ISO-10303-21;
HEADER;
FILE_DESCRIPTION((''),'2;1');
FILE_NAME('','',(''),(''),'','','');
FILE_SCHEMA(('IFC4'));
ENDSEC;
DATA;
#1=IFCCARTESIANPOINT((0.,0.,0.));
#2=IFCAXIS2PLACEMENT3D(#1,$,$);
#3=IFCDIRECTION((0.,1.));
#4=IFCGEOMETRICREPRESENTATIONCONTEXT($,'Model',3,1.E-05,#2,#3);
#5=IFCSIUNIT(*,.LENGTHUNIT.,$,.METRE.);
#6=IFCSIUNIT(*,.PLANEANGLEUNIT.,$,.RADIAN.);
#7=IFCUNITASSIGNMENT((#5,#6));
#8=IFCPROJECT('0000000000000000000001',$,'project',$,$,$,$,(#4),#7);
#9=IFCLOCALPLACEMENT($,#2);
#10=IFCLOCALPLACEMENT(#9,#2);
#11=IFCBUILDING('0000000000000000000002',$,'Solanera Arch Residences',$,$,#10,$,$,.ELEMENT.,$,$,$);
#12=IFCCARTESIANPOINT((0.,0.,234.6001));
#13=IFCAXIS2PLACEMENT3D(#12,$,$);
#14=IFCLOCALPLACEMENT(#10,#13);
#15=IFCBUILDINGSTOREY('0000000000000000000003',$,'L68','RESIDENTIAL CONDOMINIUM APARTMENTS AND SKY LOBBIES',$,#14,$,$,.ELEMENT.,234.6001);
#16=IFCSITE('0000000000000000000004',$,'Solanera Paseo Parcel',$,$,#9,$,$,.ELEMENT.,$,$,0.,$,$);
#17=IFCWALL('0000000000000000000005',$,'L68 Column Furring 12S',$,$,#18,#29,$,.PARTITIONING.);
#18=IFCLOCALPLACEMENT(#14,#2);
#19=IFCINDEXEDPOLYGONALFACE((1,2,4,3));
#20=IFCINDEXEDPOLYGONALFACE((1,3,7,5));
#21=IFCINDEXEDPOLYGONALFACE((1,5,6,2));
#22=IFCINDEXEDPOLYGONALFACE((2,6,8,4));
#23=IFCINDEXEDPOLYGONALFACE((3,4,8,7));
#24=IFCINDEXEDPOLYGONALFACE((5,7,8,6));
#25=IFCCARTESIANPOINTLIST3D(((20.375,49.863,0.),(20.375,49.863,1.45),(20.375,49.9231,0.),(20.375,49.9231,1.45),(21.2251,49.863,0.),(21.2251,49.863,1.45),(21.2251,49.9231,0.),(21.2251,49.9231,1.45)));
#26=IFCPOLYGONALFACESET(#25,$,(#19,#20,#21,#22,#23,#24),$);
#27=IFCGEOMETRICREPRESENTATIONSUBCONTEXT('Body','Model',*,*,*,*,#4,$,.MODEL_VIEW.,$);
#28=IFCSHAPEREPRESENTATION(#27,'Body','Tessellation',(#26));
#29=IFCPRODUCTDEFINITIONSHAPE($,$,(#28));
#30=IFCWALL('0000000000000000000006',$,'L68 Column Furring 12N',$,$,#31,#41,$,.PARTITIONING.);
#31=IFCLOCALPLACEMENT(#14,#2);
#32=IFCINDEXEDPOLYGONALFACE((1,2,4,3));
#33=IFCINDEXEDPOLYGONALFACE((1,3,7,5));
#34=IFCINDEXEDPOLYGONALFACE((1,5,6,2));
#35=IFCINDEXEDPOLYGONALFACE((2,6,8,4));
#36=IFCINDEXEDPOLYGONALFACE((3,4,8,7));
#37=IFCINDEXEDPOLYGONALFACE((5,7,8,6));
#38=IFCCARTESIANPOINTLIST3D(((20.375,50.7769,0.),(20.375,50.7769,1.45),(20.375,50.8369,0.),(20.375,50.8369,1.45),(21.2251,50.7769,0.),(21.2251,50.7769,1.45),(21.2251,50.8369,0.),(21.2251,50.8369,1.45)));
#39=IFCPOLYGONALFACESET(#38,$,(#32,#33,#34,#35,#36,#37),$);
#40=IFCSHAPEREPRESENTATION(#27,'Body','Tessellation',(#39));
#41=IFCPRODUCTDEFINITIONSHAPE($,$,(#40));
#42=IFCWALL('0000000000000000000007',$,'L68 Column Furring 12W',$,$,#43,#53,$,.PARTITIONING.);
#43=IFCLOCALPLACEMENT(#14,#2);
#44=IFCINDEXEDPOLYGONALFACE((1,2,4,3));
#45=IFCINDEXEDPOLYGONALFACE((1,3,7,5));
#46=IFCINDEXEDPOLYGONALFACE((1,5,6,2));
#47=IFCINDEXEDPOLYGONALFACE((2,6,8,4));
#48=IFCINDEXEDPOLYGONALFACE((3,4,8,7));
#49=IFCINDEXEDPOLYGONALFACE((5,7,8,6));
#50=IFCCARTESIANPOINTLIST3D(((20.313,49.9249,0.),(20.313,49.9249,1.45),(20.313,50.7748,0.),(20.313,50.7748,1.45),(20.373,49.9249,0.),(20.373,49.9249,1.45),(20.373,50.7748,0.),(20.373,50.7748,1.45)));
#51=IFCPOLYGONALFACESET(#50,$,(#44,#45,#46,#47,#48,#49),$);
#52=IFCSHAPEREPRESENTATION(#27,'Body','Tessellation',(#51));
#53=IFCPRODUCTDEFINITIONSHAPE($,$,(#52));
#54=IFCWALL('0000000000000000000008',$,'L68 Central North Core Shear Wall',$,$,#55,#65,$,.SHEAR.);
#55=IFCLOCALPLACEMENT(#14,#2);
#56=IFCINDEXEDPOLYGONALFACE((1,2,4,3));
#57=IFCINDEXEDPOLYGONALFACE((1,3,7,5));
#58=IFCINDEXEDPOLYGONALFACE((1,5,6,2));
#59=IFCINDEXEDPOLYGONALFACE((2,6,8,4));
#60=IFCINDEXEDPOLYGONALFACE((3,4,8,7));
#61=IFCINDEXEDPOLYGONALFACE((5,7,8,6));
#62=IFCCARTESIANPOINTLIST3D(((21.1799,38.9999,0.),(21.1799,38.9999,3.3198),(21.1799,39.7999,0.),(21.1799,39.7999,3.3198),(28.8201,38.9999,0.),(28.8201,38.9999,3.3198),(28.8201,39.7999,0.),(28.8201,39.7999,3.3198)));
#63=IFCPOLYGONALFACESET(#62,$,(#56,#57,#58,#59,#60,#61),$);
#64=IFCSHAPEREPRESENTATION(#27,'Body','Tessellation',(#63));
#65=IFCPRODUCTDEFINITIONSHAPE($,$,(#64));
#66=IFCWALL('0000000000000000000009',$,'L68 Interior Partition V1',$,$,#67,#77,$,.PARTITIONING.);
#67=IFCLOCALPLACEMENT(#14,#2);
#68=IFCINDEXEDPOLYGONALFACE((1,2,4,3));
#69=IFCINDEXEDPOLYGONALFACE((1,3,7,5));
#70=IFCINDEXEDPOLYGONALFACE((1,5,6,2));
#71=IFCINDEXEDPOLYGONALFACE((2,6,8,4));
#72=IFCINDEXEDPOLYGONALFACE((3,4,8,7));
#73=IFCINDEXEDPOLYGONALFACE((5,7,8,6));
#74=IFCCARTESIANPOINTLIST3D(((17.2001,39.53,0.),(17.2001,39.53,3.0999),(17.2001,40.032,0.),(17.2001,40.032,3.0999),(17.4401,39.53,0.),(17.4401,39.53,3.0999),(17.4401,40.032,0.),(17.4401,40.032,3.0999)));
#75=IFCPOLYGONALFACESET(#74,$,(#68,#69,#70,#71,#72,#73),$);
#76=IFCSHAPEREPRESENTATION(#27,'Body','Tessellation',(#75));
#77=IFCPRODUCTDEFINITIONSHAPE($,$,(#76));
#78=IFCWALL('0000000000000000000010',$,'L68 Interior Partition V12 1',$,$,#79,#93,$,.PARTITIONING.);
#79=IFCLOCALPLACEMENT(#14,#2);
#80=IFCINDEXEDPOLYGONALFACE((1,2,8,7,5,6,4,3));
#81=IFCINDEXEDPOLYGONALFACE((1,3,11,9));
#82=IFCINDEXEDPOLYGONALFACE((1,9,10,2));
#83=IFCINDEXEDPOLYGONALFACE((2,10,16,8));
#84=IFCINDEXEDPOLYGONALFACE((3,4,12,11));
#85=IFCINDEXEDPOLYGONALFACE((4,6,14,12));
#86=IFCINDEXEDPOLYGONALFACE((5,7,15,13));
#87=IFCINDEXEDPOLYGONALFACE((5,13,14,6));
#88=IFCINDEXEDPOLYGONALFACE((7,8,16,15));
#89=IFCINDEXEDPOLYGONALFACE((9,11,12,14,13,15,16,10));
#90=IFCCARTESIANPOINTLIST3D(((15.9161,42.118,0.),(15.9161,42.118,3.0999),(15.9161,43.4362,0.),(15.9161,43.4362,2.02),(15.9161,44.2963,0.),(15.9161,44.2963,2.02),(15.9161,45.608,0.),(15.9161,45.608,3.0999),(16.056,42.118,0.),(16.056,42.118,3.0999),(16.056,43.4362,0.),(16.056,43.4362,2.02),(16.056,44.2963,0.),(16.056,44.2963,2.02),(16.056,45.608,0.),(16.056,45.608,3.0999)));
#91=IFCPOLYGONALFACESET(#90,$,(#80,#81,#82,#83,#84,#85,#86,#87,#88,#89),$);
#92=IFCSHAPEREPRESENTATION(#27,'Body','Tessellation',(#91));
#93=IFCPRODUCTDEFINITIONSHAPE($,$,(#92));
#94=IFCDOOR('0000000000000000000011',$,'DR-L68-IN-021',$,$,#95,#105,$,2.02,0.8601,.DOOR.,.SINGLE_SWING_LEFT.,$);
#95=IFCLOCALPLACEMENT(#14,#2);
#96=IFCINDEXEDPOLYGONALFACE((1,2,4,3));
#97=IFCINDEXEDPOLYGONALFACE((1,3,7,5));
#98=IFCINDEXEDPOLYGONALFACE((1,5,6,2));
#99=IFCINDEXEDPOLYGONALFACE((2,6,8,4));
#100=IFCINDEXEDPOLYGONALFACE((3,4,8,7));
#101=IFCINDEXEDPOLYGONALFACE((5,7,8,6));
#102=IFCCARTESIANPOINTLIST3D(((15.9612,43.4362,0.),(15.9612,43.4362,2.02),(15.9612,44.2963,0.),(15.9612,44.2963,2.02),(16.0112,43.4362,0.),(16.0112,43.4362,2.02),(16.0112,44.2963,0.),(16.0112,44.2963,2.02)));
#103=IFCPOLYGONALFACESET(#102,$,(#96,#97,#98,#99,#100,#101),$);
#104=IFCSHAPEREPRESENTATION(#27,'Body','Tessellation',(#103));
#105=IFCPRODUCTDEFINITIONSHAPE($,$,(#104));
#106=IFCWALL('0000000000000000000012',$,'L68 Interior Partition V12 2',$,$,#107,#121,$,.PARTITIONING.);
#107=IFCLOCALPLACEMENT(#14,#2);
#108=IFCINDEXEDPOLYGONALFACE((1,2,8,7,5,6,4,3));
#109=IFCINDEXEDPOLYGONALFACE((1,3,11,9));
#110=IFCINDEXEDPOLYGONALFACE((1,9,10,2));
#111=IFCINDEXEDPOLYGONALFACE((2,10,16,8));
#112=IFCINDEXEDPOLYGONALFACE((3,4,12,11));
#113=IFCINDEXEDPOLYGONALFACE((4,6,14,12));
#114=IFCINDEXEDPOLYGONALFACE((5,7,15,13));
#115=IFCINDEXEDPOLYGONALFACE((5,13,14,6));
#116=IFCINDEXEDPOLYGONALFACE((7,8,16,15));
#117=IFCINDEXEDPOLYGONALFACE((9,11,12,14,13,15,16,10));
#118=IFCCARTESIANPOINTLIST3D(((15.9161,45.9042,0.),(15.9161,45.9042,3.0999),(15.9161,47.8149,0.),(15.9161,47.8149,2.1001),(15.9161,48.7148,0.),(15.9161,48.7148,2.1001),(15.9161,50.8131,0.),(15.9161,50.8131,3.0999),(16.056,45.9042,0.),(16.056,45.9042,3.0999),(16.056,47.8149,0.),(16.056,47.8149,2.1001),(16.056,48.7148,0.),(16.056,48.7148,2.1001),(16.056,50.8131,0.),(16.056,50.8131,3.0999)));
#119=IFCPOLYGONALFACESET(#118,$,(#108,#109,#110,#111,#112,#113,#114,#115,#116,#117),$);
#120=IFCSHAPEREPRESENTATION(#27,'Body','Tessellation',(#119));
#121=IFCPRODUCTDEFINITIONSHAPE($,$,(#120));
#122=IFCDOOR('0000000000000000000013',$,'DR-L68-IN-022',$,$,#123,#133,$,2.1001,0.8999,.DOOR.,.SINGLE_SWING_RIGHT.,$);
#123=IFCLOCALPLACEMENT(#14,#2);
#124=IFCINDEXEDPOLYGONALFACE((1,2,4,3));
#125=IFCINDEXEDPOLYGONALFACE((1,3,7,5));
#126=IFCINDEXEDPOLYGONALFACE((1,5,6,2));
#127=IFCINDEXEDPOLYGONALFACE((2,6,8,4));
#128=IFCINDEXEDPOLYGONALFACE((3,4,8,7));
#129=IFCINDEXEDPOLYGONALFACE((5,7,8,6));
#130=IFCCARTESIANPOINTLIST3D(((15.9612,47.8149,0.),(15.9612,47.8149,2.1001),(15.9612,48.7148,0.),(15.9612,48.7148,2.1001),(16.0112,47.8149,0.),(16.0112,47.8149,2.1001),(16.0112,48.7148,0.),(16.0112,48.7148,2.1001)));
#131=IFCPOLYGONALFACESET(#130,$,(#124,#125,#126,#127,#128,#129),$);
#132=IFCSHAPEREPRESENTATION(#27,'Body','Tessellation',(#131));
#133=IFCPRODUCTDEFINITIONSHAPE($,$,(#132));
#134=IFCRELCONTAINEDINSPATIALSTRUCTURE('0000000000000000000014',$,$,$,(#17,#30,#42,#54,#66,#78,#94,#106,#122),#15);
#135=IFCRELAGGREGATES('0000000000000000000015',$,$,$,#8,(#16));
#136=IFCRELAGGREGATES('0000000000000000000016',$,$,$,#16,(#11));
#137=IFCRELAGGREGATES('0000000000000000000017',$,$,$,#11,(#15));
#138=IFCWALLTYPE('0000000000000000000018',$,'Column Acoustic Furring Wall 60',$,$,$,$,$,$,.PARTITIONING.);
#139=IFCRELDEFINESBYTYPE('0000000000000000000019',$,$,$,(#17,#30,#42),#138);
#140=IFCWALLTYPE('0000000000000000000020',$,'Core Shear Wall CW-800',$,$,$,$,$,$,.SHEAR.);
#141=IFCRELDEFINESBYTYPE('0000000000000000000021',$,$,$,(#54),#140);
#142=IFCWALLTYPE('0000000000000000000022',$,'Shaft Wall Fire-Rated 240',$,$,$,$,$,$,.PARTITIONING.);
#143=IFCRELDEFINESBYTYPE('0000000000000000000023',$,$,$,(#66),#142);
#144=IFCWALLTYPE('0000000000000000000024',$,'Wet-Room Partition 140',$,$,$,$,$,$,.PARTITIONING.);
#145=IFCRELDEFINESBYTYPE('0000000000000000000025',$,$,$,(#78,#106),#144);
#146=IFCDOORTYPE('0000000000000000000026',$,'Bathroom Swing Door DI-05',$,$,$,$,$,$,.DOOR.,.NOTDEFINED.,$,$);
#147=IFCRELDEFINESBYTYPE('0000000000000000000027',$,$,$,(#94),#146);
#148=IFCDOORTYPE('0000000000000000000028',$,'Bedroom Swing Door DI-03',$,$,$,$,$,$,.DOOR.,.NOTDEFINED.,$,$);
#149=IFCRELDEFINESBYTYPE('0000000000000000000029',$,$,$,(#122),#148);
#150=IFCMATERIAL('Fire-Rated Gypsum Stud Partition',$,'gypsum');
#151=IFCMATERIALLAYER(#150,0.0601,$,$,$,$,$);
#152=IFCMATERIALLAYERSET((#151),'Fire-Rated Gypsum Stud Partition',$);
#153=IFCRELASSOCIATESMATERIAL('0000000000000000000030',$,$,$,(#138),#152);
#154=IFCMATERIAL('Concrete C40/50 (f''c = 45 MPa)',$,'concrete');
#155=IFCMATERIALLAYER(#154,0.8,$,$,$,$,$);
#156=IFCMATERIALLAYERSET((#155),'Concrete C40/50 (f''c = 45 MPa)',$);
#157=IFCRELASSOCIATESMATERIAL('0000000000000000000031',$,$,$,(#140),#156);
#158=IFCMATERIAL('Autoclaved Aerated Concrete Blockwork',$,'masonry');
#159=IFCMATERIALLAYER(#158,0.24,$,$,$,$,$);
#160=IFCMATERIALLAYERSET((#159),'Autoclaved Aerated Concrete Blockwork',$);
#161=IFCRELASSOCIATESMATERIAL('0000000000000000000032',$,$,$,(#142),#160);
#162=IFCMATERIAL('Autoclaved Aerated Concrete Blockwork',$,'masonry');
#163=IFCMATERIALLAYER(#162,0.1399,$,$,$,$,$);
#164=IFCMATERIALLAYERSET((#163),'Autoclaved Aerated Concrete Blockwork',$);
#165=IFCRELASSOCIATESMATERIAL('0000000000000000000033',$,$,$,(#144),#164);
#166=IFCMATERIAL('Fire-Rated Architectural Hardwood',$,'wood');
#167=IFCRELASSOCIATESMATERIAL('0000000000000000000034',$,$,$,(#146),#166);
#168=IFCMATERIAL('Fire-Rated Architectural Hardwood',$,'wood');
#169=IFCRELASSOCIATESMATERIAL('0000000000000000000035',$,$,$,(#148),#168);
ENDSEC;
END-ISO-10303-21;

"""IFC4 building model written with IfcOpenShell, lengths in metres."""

from ifc_helpers import new_model, si_unit, direction, frame, frame_2d, origin, place, context, subcontext, project, spatial, rectangle, extrude, material, layer, layer_set, type_object, element, fill, save


model = new_model("IFC4")

# Units and contexts
model_context = context("Model", 3, precision=1e-05, world=origin(), true_north=direction((0.0, 1.0)))
body_context = subcontext(model_context, "Body", "Model", "MODEL_VIEW")
ifc_project = project(units=[si_unit("LENGTHUNIT", "METRE"), si_unit("PLANEANGLEUNIT", "RADIAN")], contexts=[model_context])

# Site, building, storey
site_placement = place(None, origin())
site = spatial("IfcSite", under=ifc_project, at=site_placement, Name="Solanera Paseo Parcel", CompositionType="ELEMENT", RefElevation=0.0)
building_placement = place(site_placement, origin())
building = spatial("IfcBuilding", under=site, at=building_placement, Name="Solanera Arch Residences", CompositionType="ELEMENT")
storey_placement = place(building_placement, frame((0.0, 0.0, 234.6001)))
storey = spatial("IfcBuildingStorey", under=building, at=storey_placement, Name="L68", Description="RESIDENTIAL CONDOMINIUM APARTMENTS AND SKY LOBBIES", CompositionType="ELEMENT", Elevation=234.6001)

# Walls
ifc_material_1 = material(Name="Fire-Rated Gypsum Stud Partition", Category="gypsum")
ifc_layer_1 = layer(ifc_material_1, 0.0601)
ifc_layer_set_1 = layer_set([ifc_layer_1], Name="Fire-Rated Gypsum Stud Partition")
wall_type_1 = type_object("IfcWallType", Name="Column Acoustic Furring Wall 60", PredefinedType="PARTITIONING", material=ifc_layer_set_1)
for number, where, z_axis, x_axis, name in (
    (1, (20.375, 49.8931, 0.0), (0.0, 0.0, 1.0), (1.0, 0.0, 0.0), "L68 Column Furring 12S"),
    (2, (20.375, 50.8069, 0.0), (0.0, 0.0, 1.0), (1.0, 0.0, 0.0), "L68 Column Furring 12N"),
):
    element("IfcWall", number, at=place(storey_placement, frame(where, z_axis=z_axis, x_axis=x_axis)), inside=storey, type_object=wall_type_1, Name=name, PredefinedType="PARTITIONING", context=body_context, shape_type="SweptSolid", body=[
        extrude(rectangle(XDim=0.8501, YDim=0.0601, at=frame_2d((0.425, 0.0))), origin(), (0.0, 0.0, 1.0), 1.45),
    ])
wall_1_placement = place(storey_placement, frame((20.343, 49.925, 0.0), z_axis=(0.0, 0.0, 1.0), x_axis=(0.0, 1.0, 0.0)))
element("IfcWall", 3, at=wall_1_placement, inside=storey, type_object=wall_type_1, Name="L68 Column Furring 12W", PredefinedType="PARTITIONING", context=body_context, shape_type="SweptSolid", body=[
    extrude(rectangle(XDim=0.8499, YDim=0.0601, at=frame_2d((0.4248, 0.0))), origin(), (0.0, 0.0, 1.0), 1.45),
])
ifc_material_2 = material(Name="Concrete C40/50 (f'c = 45 MPa)", Category="concrete")
ifc_layer_2 = layer(ifc_material_2, 0.8)
ifc_layer_set_2 = layer_set([ifc_layer_2], Name="Concrete C40/50 (f'c = 45 MPa)")
wall_type_2 = type_object("IfcWallType", Name="Core Shear Wall CW-800", PredefinedType="SHEAR", material=ifc_layer_set_2)
wall_2_placement = place(storey_placement, frame((21.1799, 39.3999, 0.0), z_axis=(0.0, 0.0, 1.0), x_axis=(1.0, 0.0, 0.0)))
element("IfcWall", 4, at=wall_2_placement, inside=storey, type_object=wall_type_2, Name="L68 Central North Core Shear Wall", PredefinedType="SHEAR", context=body_context, shape_type="SweptSolid", body=[
    extrude(rectangle(XDim=7.6401, YDim=0.8, at=frame_2d((3.8201, 0.0))), origin(), (0.0, 0.0, 1.0), 3.3198),
])
ifc_material_3 = material(Name="Autoclaved Aerated Concrete Blockwork", Category="masonry")
ifc_layer_3 = layer(ifc_material_3, 0.24)
ifc_layer_set_3 = layer_set([ifc_layer_3], Name="Autoclaved Aerated Concrete Blockwork")
wall_type_3 = type_object("IfcWallType", Name="Shaft Wall Fire-Rated 240", PredefinedType="PARTITIONING", material=ifc_layer_set_3)
wall_3_placement = place(storey_placement, frame((17.3201, 39.53, 0.0), z_axis=(0.0, 0.0, 1.0), x_axis=(0.0, 1.0, 0.0)))
element("IfcWall", 5, at=wall_3_placement, inside=storey, type_object=wall_type_3, Name="L68 Interior Partition V1", PredefinedType="PARTITIONING", context=body_context, shape_type="SweptSolid", body=[
    extrude(rectangle(XDim=0.502, YDim=0.24, at=frame_2d((0.251, 0.0))), origin(), (0.0, 0.0, 1.0), 3.0999),
])

# Walls, openings, doors
ifc_material_4 = material(Name="Autoclaved Aerated Concrete Blockwork", Category="masonry")
ifc_layer_4 = layer(ifc_material_4, 0.1399)
ifc_layer_set_4 = layer_set([ifc_layer_4], Name="Autoclaved Aerated Concrete Blockwork")
wall_type_4 = type_object("IfcWallType", Name="Wet-Room Partition 140", PredefinedType="PARTITIONING", material=ifc_layer_set_4)
wall_4_placement = place(storey_placement, frame((15.9861, 42.1179, 0.0), z_axis=(0.0, 0.0, 1.0), x_axis=(0.0, 1.0, 0.0)))
wall_4 = element("IfcWall", 6, at=wall_4_placement, inside=storey, type_object=wall_type_4, Name="L68 Interior Partition V12 1", PredefinedType="PARTITIONING", context=body_context, shape_type="SweptSolid", body=[
    extrude(rectangle(XDim=3.49, YDim=0.1399, at=frame_2d((1.7451, 0.0))), origin(), (0.0, 0.0, 1.0), 3.0999),
])
opening_1_placement = place(wall_4_placement, frame((1.3181, 0.0, 0.0)))
opening_1 = element("IfcOpeningElement", 7, at=opening_1_placement, cuts=wall_4, PredefinedType="OPENING", context=body_context, shape_type="SweptSolid", body=[
    extrude(rectangle(XDim=0.8601, YDim=2.02, at=frame_2d((0.4302, 1.01))), frame((0.0, 0.0798, 0.0), z_axis=(0.0, -1.0, 0.0), x_axis=(1.0, 0.0, 0.0)), (0.0, 0.0, 1.0), 0.1599),
])
ifc_material_5 = material(Name="Fire-Rated Architectural Hardwood", Category="wood")
door_type_1 = type_object("IfcDoorType", Name="Bathroom Swing Door DI-05", OperationType="NOTDEFINED", PredefinedType="DOOR", material=ifc_material_5)
door_1_placement = place(opening_1_placement, origin())
door_1 = element("IfcDoor", 8, at=door_1_placement, inside=storey, type_object=door_type_1, Name="DR-L68-IN-021", OperationType="SINGLE_SWING_LEFT", OverallHeight=2.02, OverallWidth=0.8601, PredefinedType="DOOR", context=body_context, shape_type="SweptSolid", body=[
    extrude(rectangle(XDim=0.8601, YDim=2.02, at=frame_2d((0.4302, 1.01))), frame((0.0, 0.0249, 0.0), z_axis=(0.0, -1.0, 0.0), x_axis=(1.0, 0.0, 0.0)), (0.0, 0.0, 1.0), 0.05),
])
fill(opening_1, door_1)
wall_5_placement = place(storey_placement, frame((15.9861, 45.9041, 0.0), z_axis=(0.0, 0.0, 1.0), x_axis=(0.0, 1.0, 0.0)))
wall_5 = element("IfcWall", 9, at=wall_5_placement, inside=storey, type_object=wall_type_4, Name="L68 Interior Partition V12 2", PredefinedType="PARTITIONING", context=body_context, shape_type="SweptSolid", body=[
    extrude(rectangle(XDim=4.9089, YDim=0.1399, at=frame_2d((2.4546, 0.0))), origin(), (0.0, 0.0, 1.0), 3.0999),
])
opening_2_placement = place(wall_5_placement, frame((1.9109, 0.0, 0.0)))
opening_2 = element("IfcOpeningElement", 10, at=opening_2_placement, cuts=wall_5, PredefinedType="OPENING", context=body_context, shape_type="SweptSolid", body=[
    extrude(rectangle(XDim=0.8999, YDim=2.1001, at=frame_2d((0.45, 1.05))), frame((0.0, 0.0798, 0.0), z_axis=(0.0, -1.0, 0.0), x_axis=(1.0, 0.0, 0.0)), (0.0, 0.0, 1.0), 0.1599),
])
ifc_material_6 = material(Name="Fire-Rated Architectural Hardwood", Category="wood")
door_type_2 = type_object("IfcDoorType", Name="Bedroom Swing Door DI-03", OperationType="NOTDEFINED", PredefinedType="DOOR", material=ifc_material_6)
door_2_placement = place(opening_2_placement, origin())
door_2 = element("IfcDoor", 11, at=door_2_placement, inside=storey, type_object=door_type_2, Name="DR-L68-IN-022", OperationType="SINGLE_SWING_RIGHT", OverallHeight=2.1001, OverallWidth=0.8999, PredefinedType="DOOR", context=body_context, shape_type="SweptSolid", body=[
    extrude(rectangle(XDim=0.8999, YDim=2.1001, at=frame_2d((0.45, 1.05))), frame((0.0, 0.0249, 0.0), z_axis=(0.0, -1.0, 0.0), x_axis=(1.0, 0.0, 0.0)), (0.0, 0.0, 1.0), 0.05),
])
fill(opening_2, door_2)

save(model, "model.ifc")
